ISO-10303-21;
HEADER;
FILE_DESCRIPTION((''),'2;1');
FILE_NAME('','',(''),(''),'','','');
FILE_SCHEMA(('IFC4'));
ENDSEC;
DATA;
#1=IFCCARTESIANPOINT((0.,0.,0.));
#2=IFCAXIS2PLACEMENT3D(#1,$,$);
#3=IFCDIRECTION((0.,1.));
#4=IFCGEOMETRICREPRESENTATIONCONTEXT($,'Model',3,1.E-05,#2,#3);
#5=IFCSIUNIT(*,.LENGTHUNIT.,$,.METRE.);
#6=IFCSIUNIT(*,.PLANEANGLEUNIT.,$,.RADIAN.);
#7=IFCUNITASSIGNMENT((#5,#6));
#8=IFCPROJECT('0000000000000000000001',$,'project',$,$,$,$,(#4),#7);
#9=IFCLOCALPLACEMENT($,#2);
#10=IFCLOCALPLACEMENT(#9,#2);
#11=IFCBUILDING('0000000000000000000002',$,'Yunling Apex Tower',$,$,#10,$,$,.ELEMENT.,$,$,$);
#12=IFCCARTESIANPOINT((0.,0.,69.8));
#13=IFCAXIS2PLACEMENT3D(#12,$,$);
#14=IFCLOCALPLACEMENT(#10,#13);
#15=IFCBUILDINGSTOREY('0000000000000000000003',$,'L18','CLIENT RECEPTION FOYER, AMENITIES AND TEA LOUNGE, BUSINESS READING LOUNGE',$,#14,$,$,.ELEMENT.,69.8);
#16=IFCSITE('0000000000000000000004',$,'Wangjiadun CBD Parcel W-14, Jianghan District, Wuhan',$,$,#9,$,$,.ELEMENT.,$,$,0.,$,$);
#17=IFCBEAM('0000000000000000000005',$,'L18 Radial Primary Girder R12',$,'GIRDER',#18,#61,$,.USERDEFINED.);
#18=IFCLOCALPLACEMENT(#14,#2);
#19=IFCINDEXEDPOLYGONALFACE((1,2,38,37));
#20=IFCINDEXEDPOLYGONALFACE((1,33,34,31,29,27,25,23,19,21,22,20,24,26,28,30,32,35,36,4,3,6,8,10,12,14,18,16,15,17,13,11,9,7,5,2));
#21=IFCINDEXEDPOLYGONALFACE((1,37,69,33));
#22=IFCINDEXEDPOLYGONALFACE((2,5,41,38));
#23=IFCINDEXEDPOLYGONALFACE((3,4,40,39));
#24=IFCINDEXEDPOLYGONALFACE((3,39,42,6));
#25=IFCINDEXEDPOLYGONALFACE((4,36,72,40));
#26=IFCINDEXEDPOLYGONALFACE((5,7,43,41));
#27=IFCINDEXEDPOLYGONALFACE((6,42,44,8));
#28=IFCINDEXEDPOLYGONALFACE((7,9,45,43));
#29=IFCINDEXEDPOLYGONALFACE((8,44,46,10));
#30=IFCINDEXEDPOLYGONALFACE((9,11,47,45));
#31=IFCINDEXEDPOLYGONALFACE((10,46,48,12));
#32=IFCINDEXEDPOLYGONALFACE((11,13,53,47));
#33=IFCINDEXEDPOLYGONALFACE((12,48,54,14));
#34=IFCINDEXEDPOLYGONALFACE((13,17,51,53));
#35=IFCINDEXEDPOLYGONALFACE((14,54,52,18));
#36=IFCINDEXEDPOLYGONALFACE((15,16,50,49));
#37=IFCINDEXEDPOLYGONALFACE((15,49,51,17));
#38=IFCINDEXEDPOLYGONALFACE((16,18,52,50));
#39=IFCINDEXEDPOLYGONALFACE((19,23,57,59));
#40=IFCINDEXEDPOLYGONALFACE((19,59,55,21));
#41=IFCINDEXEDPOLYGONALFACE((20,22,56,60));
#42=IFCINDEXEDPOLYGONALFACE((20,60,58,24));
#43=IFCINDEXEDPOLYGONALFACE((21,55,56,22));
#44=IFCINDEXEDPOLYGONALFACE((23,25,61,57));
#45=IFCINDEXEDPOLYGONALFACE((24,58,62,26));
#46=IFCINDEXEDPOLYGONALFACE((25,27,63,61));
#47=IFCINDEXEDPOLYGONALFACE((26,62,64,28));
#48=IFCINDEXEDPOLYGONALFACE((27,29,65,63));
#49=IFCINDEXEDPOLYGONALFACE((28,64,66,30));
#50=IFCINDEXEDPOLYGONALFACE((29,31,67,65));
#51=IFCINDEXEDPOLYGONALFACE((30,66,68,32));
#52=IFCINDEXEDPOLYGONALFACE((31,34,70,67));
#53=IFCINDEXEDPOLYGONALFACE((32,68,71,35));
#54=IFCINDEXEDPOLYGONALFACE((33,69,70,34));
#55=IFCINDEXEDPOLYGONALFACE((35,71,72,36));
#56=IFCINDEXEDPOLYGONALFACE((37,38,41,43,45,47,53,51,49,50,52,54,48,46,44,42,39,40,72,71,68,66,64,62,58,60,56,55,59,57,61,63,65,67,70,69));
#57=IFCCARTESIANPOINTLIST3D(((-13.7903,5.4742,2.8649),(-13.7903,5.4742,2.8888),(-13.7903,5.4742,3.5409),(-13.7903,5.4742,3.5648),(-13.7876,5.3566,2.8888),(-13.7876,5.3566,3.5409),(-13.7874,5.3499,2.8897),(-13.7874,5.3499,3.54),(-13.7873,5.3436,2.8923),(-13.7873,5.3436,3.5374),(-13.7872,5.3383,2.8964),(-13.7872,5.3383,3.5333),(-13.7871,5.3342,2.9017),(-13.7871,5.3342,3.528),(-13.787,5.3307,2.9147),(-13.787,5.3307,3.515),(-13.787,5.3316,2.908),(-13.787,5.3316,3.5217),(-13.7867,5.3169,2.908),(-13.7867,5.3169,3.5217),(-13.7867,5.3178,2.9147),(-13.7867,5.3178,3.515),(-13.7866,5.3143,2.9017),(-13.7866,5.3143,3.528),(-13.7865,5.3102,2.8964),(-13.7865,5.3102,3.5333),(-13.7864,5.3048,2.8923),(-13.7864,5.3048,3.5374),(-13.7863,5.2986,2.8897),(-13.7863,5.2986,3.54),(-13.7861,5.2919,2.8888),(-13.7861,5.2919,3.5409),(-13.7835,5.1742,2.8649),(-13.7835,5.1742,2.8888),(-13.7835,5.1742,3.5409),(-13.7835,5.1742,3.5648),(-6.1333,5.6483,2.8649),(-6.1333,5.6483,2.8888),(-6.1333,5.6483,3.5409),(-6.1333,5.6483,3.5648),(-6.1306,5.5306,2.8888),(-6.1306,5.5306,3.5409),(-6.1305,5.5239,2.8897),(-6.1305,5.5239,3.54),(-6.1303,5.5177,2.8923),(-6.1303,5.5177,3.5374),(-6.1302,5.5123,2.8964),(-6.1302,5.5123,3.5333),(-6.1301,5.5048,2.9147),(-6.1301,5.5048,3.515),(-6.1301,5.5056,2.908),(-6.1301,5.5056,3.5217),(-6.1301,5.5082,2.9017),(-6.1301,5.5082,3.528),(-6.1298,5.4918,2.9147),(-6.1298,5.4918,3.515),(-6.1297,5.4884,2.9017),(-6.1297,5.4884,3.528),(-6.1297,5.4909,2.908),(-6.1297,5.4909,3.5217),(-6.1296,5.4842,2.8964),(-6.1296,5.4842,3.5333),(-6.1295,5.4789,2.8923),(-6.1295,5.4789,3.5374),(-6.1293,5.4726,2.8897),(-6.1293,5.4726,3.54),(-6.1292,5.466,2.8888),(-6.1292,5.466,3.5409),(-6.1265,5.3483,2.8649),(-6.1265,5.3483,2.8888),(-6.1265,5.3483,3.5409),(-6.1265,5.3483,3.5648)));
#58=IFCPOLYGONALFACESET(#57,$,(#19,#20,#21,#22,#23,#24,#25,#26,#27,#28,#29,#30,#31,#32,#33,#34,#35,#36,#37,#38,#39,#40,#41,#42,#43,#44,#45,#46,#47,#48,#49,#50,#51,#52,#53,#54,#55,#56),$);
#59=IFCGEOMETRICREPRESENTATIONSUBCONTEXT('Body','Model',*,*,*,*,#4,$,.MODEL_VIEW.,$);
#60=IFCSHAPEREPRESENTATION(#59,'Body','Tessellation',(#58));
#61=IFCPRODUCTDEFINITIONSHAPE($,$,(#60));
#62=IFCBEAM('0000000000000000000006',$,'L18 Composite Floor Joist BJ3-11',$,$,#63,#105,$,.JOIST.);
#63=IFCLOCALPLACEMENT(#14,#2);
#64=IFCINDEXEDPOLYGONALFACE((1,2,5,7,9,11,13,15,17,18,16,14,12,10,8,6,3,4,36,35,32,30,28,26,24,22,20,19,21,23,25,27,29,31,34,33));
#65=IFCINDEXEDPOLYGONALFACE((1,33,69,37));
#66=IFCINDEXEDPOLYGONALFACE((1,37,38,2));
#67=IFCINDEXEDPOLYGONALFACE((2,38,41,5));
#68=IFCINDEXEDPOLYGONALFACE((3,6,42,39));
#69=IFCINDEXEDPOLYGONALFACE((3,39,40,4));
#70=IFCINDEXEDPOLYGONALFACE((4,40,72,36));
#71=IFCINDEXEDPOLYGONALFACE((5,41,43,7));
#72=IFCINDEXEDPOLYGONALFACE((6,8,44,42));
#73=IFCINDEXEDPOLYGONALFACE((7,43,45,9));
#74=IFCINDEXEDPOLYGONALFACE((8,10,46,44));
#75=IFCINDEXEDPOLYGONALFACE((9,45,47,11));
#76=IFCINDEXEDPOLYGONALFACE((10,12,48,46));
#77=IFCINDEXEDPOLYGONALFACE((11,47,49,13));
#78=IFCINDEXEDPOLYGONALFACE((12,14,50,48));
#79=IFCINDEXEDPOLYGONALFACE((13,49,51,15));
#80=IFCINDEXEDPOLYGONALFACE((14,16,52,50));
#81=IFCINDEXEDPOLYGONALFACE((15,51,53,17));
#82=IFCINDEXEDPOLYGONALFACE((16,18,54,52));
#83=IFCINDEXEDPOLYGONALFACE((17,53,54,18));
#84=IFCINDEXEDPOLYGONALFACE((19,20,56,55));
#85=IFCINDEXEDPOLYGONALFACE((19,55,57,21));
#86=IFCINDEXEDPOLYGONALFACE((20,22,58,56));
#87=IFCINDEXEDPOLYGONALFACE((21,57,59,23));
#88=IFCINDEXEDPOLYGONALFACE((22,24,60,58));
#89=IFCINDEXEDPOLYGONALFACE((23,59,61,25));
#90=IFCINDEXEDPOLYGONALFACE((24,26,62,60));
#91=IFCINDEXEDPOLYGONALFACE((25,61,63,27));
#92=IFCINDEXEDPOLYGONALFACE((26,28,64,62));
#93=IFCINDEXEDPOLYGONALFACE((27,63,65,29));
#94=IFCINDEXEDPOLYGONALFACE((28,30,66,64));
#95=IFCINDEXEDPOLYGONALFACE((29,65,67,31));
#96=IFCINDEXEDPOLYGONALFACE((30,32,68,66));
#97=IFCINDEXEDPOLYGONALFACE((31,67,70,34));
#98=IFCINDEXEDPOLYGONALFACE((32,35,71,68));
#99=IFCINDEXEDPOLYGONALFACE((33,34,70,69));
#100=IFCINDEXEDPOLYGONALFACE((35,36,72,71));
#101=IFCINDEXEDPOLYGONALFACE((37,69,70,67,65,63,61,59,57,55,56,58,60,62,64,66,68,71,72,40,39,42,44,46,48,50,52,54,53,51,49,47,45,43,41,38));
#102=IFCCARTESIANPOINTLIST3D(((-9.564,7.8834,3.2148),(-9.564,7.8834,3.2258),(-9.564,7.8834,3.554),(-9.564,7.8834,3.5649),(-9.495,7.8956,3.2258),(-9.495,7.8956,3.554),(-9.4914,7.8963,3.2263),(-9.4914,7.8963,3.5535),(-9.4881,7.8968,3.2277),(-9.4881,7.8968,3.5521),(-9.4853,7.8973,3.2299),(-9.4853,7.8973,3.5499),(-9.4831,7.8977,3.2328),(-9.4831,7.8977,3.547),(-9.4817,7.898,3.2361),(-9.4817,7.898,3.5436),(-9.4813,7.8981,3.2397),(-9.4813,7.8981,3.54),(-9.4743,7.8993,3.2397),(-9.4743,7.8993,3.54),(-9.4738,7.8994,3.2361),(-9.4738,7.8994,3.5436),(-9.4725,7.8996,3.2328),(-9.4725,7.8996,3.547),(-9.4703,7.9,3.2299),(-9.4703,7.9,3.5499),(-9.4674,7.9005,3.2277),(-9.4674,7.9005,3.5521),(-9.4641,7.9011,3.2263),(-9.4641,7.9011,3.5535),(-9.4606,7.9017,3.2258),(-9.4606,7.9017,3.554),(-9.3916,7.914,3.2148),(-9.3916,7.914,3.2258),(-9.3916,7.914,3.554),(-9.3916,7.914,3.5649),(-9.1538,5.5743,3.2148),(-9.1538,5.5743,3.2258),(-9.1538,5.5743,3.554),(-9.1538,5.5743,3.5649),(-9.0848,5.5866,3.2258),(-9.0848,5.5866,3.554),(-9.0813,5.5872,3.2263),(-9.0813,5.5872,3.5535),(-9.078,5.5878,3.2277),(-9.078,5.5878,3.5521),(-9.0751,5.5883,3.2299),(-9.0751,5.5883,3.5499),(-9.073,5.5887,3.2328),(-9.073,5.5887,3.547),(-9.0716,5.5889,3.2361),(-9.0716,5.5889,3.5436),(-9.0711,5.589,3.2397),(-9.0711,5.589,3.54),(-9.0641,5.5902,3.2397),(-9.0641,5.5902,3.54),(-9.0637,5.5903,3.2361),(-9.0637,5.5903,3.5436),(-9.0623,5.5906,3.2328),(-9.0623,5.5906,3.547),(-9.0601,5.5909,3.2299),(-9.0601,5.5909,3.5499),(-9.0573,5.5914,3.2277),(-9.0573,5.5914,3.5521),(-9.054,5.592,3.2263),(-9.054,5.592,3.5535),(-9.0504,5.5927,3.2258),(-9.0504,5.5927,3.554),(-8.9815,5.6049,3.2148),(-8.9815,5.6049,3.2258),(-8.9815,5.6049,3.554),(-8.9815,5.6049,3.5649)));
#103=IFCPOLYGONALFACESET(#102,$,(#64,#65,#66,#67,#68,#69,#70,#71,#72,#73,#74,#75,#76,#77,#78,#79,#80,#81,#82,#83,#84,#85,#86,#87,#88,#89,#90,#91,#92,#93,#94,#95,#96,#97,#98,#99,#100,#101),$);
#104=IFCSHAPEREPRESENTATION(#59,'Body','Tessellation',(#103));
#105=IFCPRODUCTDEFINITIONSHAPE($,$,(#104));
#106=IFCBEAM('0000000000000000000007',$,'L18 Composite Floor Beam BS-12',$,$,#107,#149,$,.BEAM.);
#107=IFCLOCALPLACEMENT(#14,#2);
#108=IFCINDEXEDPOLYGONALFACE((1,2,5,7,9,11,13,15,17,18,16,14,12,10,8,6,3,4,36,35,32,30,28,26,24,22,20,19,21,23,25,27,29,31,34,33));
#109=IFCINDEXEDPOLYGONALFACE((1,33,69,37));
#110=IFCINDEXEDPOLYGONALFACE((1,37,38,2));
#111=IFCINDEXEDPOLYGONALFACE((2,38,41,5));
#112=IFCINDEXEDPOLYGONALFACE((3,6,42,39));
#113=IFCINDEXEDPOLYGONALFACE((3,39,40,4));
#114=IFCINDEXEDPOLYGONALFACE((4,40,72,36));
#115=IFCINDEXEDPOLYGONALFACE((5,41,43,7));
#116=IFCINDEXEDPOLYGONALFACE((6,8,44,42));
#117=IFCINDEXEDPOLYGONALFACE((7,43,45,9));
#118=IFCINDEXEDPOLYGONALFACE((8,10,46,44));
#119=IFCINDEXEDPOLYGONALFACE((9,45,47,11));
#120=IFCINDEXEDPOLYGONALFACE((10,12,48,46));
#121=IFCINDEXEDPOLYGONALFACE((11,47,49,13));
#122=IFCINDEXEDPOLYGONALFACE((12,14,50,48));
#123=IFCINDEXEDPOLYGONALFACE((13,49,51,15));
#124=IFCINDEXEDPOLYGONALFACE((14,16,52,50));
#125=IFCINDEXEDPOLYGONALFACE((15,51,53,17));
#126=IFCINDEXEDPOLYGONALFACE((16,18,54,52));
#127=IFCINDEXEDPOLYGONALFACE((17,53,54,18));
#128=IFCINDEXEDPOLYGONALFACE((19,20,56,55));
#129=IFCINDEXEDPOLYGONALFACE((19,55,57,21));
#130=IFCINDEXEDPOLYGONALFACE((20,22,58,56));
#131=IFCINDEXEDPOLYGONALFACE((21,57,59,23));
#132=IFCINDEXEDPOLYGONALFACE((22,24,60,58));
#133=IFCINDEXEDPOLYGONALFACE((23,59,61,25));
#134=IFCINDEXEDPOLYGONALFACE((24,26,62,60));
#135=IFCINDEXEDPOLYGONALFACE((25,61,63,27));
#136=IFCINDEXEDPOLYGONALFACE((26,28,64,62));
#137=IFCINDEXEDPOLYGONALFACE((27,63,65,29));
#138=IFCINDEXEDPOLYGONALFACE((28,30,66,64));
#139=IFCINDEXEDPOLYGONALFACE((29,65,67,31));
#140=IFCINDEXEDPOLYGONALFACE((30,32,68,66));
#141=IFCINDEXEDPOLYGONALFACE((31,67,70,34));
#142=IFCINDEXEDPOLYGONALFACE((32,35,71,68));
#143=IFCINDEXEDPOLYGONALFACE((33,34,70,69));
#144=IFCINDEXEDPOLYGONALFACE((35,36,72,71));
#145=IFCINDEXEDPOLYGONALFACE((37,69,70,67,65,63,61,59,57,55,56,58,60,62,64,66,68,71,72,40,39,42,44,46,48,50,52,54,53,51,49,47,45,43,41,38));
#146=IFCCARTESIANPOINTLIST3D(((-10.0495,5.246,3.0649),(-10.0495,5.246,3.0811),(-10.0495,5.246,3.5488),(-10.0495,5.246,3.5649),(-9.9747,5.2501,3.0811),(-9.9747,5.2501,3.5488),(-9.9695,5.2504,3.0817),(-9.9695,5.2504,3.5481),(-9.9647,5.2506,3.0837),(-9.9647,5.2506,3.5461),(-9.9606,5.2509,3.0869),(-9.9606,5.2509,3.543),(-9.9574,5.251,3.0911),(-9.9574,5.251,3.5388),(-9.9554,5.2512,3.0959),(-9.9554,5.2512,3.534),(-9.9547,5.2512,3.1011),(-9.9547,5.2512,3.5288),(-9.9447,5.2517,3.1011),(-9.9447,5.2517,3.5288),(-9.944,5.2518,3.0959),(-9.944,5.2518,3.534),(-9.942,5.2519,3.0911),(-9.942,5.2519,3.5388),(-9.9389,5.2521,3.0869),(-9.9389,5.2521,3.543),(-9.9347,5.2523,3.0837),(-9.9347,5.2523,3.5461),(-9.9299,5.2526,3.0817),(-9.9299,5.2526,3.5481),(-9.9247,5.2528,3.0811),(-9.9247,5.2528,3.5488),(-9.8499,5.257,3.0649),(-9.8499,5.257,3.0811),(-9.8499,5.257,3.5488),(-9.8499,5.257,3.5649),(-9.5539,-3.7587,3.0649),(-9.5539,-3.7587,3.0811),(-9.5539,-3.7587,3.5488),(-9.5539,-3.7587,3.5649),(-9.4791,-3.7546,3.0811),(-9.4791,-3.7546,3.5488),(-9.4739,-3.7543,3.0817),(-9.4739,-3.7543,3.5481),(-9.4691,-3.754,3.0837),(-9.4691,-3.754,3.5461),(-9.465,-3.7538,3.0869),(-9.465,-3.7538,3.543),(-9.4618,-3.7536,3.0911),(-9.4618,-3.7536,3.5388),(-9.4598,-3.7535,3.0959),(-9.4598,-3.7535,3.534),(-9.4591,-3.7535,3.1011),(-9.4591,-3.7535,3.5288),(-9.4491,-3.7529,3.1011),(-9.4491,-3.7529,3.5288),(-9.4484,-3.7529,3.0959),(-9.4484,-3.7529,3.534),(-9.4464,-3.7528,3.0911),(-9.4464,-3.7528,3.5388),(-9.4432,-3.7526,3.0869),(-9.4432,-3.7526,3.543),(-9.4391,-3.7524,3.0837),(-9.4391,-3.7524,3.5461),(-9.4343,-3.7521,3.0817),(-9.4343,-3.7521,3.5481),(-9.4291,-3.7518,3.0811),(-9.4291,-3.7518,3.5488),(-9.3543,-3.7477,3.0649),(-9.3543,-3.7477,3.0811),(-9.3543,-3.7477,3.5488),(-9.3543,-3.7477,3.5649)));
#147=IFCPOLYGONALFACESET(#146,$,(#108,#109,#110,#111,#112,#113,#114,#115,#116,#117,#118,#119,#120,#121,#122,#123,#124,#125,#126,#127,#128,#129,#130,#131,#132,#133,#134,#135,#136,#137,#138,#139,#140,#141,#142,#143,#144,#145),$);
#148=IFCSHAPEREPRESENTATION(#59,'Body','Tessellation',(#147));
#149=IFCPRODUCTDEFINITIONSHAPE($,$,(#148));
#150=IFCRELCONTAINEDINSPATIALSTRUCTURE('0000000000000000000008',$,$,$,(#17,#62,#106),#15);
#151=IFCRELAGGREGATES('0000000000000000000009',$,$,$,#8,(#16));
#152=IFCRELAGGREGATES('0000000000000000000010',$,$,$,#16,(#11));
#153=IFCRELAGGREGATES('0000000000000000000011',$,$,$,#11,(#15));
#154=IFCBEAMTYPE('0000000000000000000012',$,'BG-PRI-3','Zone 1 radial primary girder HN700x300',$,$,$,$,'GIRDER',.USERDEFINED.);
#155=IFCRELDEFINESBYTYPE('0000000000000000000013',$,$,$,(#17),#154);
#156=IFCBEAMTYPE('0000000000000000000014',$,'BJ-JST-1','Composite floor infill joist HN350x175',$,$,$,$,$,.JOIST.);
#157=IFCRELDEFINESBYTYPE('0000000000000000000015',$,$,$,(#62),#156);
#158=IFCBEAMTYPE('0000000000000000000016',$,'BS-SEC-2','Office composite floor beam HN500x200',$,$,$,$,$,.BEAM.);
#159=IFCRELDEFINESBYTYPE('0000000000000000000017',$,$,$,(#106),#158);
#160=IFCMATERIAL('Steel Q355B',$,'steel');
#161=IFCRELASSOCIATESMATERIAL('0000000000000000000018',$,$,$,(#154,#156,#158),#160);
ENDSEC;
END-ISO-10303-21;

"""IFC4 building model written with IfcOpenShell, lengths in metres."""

from ifc_helpers import new_model, si_unit, direction, frame, origin, origin_2d, place, context, subcontext, project, spatial, i_section, extrude, source, transform, mapped, material, material_profile, profile_set, type_object, element, save


model = new_model("IFC4")

# Units and contexts
model_context = context("Model", 3, precision=1e-05, world=origin(), true_north=direction((0.0, 1.0)))
body_context = subcontext(model_context, "Body", "Model", "MODEL_VIEW")
ifc_project = project(units=[si_unit("LENGTHUNIT", "METRE"), si_unit("PLANEANGLEUNIT", "RADIAN")], contexts=[model_context])

# Site, building, storey
site_placement = place(None, origin())
site = spatial("IfcSite", under=ifc_project, at=site_placement, Name="Wangjiadun CBD Parcel W-14, Jianghan District, Wuhan", CompositionType="ELEMENT", RefElevation=0.0)
building_placement = place(site_placement, origin())
building = spatial("IfcBuilding", under=site, at=building_placement, Name="Yunling Apex Tower", CompositionType="ELEMENT")
storey_placement = place(building_placement, frame((0.0, 0.0, 69.8)))
storey = spatial("IfcBuildingStorey", under=building, at=storey_placement, Name="L18", Description="CLIENT RECEPTION FOYER, AMENITIES AND TEA LOUNGE, BUSINESS READING LOUNGE", CompositionType="ELEMENT", Elevation=69.8)

# Beams
ifc_material_1 = material(Name="Steel Q355B", Category="steel")
ifc_material_profile_1 = material_profile(ifc_material_1, i_section(OverallWidth=0.3, OverallDepth=0.7, WebThickness=0.0129, FlangeThickness=0.0239, FilletRadius=0.0259, at=origin_2d()))
ifc_profile_set_1 = profile_set([ifc_material_profile_1], Name="Steel Q355B")
beam_type_1 = type_object("IfcBeamType", Name="BG-PRI-3", Description="Zone 1 radial primary girder HN700x300", ElementType="GIRDER", PredefinedType="USERDEFINED", material=ifc_profile_set_1)
shared_shape_1 = source(origin(), body_context, "Body", "SweptSolid", [
    extrude(i_section(OverallWidth=0.3, OverallDepth=0.7, WebThickness=0.0129, FlangeThickness=0.0239, FilletRadius=0.0259, at=origin_2d()), origin(), (0.0, 0.0, 1.0), 7.6589),
])
beam_1_placement = place(storey_placement, frame((-13.7869, 5.3242, 3.2148), z_axis=(0.999742, 0.022728, 0.0), x_axis=(-0.022728, 0.999742, 0.0)))
element("IfcBeam", 1, at=beam_1_placement, inside=storey, type_object=beam_type_1, Name="L18 Radial Primary Girder R12", ObjectType="GIRDER", PredefinedType="USERDEFINED", context=body_context, shape_type="MappedRepresentation", body=[
    mapped(shared_shape_1, transform((0.0, 0.0, 0.0), scale=1.0)),
])
ifc_material_profile_2 = material_profile(ifc_material_1, i_section(OverallWidth=0.175, OverallDepth=0.3501, WebThickness=0.0071, FlangeThickness=0.011, FilletRadius=0.0139, at=origin_2d()))
ifc_profile_set_2 = profile_set([ifc_material_profile_2], Name="Steel Q355B")
beam_type_2 = type_object("IfcBeamType", Name="BJ-JST-1", Description="Composite floor infill joist HN350x175", PredefinedType="JOIST", material=ifc_profile_set_2)
shared_shape_2 = source(origin(), body_context, "Body", "SweptSolid", [
    extrude(i_section(OverallWidth=0.175, OverallDepth=0.3501, WebThickness=0.0071, FlangeThickness=0.011, FilletRadius=0.0139, at=origin_2d()), origin(), (0.0, 0.0, 1.0), 2.3452),
])
beam_2_placement = place(storey_placement, frame((-9.4778, 7.8987, 3.3899), z_axis=(0.17489, -0.984588, 0.0), x_axis=(0.984588, 0.17489, 0.0)))
element("IfcBeam", 2, at=beam_2_placement, inside=storey, type_object=beam_type_2, Name="L18 Composite Floor Joist BJ3-11", PredefinedType="JOIST", context=body_context, shape_type="MappedRepresentation", body=[
    mapped(shared_shape_2, transform((0.0, 0.0, 0.0), scale=1.0)),
])
ifc_material_profile_3 = material_profile(ifc_material_1, i_section(OverallWidth=0.2, OverallDepth=0.5, WebThickness=0.01, FlangeThickness=0.0161, FilletRadius=0.02, at=origin_2d()))
ifc_profile_set_3 = profile_set([ifc_material_profile_3], Name="Steel Q355B")
beam_type_3 = type_object("IfcBeamType", Name="BS-SEC-2", Description="Office composite floor beam HN500x200", PredefinedType="BEAM", material=ifc_profile_set_3)
shared_shape_3 = source(origin(), body_context, "Body", "SweptSolid", [
    extrude(i_section(OverallWidth=0.2, OverallDepth=0.5, WebThickness=0.01, FlangeThickness=0.0161, FilletRadius=0.02, at=origin_2d()), origin(), (0.0, 0.0, 1.0), 9.0183),
])
beam_3_placement = place(storey_placement, frame((-9.9497, 5.2515, 3.3149), z_axis=(0.054956, -0.998489, 0.0), x_axis=(0.998489, 0.054956, 0.0)))
element("IfcBeam", 3, at=beam_3_placement, inside=storey, type_object=beam_type_3, Name="L18 Composite Floor Beam BS-12", PredefinedType="BEAM", context=body_context, shape_type="MappedRepresentation", body=[
    mapped(shared_shape_3, transform((0.0, 0.0, 0.0), scale=1.0)),
])

save(model, "model.ifc")
